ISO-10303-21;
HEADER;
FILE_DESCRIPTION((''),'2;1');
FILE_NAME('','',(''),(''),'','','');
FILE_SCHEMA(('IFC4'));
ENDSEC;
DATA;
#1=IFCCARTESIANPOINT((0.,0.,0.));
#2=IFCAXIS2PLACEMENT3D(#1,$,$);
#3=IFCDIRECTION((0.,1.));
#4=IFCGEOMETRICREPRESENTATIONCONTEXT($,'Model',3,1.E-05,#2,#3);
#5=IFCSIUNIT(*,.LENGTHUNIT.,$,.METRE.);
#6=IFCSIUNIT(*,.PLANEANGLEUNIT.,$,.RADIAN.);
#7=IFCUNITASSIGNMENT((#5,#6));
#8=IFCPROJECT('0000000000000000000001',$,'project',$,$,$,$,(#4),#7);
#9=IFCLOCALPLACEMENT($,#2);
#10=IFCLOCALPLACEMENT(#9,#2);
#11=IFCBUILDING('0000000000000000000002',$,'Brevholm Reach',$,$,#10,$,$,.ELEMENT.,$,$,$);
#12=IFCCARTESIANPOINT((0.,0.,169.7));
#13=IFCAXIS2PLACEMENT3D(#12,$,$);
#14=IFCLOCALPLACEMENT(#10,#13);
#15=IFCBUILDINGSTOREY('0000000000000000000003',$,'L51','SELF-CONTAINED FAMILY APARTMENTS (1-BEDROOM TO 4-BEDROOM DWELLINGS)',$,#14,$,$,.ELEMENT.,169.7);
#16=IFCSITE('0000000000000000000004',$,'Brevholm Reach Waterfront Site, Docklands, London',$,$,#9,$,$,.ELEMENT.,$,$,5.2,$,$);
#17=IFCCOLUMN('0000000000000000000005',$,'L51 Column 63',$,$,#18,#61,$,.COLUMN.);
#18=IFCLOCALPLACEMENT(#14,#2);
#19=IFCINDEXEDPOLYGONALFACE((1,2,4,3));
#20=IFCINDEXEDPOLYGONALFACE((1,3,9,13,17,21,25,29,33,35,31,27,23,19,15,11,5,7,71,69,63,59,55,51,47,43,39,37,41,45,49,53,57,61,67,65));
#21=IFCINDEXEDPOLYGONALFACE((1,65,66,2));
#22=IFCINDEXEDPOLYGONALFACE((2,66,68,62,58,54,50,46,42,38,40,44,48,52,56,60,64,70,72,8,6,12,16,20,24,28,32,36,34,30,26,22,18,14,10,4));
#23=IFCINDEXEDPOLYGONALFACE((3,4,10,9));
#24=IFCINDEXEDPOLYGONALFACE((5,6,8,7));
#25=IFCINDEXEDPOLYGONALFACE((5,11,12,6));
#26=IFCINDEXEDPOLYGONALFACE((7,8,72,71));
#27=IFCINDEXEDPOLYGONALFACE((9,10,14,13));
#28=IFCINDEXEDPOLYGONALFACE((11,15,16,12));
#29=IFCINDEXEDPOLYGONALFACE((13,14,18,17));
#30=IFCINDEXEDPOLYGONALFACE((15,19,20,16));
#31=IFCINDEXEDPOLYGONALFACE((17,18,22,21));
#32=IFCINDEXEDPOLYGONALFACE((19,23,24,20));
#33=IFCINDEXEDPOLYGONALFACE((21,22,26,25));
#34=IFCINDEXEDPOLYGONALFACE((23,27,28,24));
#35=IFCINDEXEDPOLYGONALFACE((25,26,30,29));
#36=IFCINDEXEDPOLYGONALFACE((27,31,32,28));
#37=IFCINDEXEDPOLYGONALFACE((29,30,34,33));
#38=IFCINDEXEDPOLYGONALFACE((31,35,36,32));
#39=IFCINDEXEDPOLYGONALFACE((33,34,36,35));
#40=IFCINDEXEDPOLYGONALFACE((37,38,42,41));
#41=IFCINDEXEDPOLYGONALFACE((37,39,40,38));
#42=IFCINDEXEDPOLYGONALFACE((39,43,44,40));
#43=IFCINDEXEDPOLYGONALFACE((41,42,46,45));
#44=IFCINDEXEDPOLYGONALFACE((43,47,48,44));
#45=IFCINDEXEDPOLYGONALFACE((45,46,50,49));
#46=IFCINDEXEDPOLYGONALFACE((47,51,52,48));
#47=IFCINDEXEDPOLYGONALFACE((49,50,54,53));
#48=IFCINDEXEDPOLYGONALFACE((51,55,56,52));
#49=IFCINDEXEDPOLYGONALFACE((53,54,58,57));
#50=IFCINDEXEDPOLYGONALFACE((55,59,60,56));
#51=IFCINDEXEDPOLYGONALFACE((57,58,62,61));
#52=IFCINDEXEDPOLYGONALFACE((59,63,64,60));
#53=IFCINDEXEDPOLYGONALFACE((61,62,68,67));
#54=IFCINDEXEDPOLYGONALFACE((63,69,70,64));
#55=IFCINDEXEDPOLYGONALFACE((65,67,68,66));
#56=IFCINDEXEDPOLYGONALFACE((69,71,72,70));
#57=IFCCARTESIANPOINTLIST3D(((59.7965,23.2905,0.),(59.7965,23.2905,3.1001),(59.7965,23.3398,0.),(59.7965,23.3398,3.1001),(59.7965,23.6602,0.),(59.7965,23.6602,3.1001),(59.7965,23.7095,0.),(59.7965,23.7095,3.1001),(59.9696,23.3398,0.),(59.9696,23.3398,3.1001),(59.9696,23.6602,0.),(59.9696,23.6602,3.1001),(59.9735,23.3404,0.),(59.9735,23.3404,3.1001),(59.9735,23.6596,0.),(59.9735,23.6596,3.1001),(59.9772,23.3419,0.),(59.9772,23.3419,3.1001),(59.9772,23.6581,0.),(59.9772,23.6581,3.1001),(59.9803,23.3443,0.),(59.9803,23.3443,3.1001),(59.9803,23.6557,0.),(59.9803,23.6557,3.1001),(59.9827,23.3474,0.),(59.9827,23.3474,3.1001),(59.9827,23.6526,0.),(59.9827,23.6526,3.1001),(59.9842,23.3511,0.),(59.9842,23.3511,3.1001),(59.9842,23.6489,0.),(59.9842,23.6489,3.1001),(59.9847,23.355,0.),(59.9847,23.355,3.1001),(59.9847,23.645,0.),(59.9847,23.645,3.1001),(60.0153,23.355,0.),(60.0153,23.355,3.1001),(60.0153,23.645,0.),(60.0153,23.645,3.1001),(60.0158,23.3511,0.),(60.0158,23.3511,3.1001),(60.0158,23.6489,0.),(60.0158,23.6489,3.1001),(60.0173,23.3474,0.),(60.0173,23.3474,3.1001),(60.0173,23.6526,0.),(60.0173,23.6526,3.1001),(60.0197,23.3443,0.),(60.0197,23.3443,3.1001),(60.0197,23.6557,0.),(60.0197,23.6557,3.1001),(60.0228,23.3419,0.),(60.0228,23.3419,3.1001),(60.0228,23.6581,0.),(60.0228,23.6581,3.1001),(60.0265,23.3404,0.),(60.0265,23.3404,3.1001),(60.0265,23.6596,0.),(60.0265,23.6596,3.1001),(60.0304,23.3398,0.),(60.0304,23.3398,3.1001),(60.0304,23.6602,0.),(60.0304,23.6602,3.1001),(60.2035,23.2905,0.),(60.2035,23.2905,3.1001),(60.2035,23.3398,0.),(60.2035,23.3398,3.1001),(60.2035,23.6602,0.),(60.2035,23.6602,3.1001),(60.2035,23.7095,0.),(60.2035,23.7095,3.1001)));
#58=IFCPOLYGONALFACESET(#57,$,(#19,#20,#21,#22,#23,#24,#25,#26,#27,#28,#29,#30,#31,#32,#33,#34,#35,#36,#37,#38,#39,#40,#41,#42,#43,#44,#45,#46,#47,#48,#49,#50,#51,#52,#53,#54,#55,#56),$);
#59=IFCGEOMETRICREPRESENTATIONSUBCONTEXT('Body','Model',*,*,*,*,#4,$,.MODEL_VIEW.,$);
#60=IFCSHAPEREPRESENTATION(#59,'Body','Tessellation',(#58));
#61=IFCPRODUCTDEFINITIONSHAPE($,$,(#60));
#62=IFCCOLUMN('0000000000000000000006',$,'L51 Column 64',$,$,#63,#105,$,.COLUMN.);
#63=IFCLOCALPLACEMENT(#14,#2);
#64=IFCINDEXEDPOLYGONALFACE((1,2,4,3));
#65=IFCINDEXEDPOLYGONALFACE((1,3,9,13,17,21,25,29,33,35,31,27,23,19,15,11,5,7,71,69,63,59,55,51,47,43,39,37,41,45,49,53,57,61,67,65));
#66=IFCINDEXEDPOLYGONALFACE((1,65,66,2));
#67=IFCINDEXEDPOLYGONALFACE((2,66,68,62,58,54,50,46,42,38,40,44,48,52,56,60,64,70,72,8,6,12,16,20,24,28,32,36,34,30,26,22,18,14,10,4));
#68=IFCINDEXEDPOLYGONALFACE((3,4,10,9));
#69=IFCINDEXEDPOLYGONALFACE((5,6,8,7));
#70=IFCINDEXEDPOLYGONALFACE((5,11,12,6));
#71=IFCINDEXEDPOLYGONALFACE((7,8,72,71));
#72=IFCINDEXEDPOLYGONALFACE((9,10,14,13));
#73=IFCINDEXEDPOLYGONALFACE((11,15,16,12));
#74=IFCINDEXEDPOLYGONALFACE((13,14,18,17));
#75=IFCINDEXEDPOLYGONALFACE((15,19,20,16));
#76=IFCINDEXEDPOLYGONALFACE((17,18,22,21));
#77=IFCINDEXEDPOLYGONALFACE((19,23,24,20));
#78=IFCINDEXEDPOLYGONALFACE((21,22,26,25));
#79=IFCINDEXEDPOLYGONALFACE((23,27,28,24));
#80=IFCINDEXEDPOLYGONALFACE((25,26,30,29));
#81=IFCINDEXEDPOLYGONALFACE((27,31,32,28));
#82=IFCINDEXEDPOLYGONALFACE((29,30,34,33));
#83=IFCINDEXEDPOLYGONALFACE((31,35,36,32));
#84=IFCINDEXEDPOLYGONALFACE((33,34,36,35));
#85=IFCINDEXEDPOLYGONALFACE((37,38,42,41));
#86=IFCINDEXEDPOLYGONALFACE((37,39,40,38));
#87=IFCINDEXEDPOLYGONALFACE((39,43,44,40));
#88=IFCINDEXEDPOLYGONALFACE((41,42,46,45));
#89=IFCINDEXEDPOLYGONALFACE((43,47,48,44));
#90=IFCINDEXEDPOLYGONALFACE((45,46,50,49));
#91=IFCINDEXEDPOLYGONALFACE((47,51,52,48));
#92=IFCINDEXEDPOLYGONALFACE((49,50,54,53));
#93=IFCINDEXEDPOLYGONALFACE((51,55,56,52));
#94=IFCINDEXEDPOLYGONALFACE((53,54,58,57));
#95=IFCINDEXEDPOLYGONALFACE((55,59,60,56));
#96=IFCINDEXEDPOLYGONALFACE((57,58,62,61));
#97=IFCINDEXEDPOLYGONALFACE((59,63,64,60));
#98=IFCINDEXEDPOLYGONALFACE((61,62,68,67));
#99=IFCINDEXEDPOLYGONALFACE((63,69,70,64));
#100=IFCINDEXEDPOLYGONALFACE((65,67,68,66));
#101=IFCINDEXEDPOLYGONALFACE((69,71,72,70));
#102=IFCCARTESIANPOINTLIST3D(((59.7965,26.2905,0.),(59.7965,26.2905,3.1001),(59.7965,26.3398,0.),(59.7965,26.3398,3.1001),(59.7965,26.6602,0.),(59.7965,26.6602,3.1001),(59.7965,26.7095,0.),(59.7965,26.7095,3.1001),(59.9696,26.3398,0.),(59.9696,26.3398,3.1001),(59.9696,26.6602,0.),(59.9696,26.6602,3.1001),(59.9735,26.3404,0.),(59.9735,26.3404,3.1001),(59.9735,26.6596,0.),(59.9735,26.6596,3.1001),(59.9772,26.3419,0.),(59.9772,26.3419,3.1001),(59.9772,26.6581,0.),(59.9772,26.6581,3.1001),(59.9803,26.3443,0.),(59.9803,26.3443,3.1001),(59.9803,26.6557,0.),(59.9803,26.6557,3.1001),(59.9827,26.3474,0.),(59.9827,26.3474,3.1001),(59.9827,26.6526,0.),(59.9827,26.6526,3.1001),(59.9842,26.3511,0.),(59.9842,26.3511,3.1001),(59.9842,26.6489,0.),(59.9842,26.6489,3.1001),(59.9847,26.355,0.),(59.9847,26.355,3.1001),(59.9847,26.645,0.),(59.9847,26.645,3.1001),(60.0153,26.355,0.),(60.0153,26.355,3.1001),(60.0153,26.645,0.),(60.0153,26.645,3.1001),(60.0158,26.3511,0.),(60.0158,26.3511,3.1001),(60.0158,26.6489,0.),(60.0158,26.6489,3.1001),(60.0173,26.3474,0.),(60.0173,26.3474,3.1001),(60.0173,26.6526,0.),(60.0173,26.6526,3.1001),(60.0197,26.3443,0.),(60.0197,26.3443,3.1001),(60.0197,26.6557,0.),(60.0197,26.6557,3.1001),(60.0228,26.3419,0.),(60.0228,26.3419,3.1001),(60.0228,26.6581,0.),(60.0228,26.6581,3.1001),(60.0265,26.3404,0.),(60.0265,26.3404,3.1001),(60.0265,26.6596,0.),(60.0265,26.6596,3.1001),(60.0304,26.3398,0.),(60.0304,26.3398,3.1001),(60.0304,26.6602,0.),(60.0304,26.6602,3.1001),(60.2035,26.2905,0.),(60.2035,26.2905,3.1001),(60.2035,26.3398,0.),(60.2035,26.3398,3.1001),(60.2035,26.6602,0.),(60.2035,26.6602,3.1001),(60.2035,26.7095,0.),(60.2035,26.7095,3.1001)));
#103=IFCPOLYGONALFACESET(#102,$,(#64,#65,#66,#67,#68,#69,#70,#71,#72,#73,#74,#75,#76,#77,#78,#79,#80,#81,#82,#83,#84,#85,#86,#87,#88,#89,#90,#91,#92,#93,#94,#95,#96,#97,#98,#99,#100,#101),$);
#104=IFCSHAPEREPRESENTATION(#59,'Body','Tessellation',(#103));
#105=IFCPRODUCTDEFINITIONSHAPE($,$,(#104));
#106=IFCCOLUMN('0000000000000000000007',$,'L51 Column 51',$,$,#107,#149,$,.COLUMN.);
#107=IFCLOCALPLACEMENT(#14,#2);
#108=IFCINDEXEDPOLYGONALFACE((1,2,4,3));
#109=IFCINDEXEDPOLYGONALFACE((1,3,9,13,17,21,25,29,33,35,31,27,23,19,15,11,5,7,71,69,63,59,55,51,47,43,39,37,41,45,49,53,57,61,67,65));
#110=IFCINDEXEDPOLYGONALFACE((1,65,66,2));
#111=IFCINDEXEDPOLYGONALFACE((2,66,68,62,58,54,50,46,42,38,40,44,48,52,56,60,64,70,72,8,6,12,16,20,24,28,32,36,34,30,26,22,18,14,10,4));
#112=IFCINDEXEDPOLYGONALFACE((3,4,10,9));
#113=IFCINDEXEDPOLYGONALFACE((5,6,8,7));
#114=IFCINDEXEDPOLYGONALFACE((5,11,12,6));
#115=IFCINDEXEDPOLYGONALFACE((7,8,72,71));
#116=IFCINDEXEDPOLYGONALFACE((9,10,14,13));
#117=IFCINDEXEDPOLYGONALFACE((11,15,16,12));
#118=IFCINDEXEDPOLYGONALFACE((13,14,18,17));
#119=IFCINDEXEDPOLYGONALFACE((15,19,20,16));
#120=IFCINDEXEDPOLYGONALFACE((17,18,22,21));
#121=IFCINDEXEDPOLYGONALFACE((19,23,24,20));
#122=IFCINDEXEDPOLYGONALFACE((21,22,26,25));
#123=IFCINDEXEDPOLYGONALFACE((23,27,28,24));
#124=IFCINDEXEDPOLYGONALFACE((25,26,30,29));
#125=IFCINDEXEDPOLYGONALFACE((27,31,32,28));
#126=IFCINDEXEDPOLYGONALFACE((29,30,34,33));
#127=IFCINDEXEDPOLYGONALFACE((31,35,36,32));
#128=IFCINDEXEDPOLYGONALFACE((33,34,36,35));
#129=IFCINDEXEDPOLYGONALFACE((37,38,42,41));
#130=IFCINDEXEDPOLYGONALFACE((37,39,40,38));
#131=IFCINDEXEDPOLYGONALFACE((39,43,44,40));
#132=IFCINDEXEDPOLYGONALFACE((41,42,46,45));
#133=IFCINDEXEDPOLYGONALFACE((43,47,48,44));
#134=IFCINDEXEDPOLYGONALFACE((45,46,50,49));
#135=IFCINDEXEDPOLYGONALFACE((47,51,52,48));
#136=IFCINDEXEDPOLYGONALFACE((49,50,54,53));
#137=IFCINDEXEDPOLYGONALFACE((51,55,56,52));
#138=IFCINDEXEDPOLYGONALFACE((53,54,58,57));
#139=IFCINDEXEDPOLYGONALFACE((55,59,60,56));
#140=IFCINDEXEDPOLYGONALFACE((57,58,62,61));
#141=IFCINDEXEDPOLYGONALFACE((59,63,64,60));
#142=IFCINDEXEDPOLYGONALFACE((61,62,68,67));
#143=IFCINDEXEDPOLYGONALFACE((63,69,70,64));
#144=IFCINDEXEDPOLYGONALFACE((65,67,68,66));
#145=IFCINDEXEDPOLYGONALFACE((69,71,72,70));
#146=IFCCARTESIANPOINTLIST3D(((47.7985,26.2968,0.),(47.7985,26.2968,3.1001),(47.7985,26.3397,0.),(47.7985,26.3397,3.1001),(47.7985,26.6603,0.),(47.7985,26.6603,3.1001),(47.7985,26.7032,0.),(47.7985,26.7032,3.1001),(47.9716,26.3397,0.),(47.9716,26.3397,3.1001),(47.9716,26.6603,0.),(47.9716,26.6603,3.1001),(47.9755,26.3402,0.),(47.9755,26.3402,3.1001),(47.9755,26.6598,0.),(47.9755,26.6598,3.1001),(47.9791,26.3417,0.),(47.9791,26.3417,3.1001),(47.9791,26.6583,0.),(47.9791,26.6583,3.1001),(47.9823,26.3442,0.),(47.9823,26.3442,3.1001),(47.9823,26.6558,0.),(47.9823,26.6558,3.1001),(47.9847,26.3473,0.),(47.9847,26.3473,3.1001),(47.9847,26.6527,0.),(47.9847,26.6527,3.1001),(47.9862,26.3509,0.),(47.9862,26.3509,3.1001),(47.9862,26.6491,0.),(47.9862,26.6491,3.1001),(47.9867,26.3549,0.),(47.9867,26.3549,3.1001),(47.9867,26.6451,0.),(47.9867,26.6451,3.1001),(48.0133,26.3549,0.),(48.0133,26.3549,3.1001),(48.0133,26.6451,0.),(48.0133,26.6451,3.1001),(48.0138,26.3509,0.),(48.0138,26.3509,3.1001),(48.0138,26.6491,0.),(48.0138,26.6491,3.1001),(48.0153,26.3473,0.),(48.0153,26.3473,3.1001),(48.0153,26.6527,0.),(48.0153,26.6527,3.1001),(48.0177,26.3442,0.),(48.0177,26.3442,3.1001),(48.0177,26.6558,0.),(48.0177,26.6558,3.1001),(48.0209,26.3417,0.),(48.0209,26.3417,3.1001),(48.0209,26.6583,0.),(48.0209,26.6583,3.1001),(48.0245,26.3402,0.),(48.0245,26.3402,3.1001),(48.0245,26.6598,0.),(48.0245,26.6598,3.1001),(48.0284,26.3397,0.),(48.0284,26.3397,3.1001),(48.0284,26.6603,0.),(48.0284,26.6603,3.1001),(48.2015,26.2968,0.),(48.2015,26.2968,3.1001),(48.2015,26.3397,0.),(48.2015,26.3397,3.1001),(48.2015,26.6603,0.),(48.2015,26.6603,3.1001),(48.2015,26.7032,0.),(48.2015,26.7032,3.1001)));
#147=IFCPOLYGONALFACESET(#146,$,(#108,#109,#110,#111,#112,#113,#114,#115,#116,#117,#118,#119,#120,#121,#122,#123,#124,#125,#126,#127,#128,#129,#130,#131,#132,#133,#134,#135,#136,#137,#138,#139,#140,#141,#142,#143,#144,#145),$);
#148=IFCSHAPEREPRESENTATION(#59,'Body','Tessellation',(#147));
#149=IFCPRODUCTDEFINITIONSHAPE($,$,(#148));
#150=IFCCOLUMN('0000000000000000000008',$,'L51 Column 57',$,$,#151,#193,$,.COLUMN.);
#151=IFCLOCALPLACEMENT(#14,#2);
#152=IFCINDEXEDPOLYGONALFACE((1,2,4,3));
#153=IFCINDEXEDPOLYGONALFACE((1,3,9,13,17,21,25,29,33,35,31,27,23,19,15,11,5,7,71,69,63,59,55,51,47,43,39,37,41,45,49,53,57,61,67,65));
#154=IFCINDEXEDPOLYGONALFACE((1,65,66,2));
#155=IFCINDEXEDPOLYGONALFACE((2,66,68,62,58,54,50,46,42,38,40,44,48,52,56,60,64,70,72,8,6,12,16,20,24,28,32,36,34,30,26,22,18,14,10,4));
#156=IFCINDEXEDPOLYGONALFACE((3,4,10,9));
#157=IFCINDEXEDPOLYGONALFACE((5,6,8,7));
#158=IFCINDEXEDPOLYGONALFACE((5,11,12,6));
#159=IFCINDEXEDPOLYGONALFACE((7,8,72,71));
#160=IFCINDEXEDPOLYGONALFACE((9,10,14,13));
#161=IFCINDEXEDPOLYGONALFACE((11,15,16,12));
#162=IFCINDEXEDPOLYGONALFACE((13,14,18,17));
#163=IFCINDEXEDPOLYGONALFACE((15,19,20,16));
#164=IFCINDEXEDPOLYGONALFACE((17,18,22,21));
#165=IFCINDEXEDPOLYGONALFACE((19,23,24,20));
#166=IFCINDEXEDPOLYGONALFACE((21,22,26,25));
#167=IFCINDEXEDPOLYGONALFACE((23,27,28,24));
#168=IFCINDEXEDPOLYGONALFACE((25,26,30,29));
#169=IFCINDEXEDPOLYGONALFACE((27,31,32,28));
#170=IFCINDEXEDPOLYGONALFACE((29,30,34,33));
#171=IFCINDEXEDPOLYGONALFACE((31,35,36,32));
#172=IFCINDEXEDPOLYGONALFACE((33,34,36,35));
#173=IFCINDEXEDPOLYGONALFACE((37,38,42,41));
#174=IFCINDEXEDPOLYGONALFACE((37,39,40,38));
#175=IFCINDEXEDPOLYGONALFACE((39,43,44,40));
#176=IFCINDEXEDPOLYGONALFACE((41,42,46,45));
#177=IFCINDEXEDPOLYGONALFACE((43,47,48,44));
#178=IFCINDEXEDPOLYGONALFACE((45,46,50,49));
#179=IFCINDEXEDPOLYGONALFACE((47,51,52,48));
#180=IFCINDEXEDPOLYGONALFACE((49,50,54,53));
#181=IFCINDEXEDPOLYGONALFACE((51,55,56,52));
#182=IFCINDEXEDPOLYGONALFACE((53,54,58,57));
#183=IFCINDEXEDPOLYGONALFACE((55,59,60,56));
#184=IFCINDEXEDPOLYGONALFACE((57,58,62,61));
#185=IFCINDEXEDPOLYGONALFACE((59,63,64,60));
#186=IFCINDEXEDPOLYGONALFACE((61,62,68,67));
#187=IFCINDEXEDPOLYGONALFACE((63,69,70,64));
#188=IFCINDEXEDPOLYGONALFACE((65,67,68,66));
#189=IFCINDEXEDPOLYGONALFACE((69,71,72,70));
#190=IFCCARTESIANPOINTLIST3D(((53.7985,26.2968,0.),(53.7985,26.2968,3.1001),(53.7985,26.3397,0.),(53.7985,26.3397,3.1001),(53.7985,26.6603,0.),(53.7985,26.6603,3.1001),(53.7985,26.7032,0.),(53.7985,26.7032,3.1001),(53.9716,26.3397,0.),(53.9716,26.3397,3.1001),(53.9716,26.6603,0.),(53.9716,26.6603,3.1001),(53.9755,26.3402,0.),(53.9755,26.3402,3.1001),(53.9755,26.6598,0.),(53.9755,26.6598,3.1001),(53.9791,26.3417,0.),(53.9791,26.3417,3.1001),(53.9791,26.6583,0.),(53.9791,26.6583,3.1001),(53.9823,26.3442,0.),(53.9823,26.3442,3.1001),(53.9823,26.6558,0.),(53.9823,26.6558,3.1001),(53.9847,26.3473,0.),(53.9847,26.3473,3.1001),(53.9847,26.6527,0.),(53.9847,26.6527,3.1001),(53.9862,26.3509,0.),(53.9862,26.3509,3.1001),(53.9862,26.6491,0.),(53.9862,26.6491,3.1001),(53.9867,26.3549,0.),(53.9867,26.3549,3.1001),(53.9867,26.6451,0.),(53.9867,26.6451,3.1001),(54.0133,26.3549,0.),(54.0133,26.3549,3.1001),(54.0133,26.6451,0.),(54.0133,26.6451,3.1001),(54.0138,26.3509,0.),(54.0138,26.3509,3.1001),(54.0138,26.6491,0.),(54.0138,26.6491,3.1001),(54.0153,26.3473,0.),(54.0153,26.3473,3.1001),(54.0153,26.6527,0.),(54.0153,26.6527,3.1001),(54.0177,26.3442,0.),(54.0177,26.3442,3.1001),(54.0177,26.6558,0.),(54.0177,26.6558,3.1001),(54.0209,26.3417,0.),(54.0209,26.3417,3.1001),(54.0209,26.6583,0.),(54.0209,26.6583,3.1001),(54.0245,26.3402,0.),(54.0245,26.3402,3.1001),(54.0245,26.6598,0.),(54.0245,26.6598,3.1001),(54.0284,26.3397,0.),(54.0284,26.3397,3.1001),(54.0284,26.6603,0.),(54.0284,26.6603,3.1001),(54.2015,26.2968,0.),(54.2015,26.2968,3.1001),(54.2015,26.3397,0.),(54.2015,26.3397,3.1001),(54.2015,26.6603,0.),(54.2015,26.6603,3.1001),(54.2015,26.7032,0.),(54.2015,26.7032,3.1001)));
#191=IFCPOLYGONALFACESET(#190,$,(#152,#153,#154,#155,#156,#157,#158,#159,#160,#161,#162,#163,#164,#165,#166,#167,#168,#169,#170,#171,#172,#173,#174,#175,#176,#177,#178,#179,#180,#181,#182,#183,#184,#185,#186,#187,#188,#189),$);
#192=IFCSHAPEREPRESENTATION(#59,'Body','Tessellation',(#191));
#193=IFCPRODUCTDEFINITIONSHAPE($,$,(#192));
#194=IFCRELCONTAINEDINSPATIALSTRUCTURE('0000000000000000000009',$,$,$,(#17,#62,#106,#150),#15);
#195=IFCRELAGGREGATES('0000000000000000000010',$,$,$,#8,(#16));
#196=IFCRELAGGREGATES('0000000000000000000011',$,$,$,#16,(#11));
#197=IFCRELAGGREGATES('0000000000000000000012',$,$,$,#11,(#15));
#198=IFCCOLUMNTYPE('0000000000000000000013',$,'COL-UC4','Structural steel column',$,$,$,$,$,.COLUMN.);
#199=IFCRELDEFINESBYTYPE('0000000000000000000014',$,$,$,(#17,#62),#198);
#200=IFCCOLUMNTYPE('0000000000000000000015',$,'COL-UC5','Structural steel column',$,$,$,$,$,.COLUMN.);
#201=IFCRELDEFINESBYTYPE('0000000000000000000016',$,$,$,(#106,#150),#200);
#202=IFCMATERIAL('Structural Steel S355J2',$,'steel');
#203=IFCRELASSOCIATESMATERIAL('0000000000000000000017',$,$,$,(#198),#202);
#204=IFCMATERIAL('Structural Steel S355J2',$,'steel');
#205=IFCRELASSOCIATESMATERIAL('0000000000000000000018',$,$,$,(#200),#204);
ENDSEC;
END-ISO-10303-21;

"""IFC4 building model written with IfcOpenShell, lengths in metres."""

from ifc_helpers import new_model, si_unit, direction, frame, origin, origin_2d, place, context, subcontext, project, spatial, i_section, extrude, material, material_profile, profile_set, type_object, element, save


model = new_model("IFC4")

# Units and contexts
model_context = context("Model", 3, precision=1e-05, world=origin(), true_north=direction((0.0, 1.0)))
body_context = subcontext(model_context, "Body", "Model", "MODEL_VIEW")
ifc_project = project(units=[si_unit("LENGTHUNIT", "METRE"), si_unit("PLANEANGLEUNIT", "RADIAN")], contexts=[model_context])

# Site, building, storey
site_placement = place(None, origin())
site = spatial("IfcSite", under=ifc_project, at=site_placement, Name="Brevholm Reach Waterfront Site, Docklands, London", CompositionType="ELEMENT", RefElevation=5.2)
building_placement = place(site_placement, origin())
building = spatial("IfcBuilding", under=site, at=building_placement, Name="Brevholm Reach", CompositionType="ELEMENT")
storey_placement = place(building_placement, frame((0.0, 0.0, 169.7)))
storey = spatial("IfcBuildingStorey", under=building, at=storey_placement, Name="L51", Description="SELF-CONTAINED FAMILY APARTMENTS (1-BEDROOM TO 4-BEDROOM DWELLINGS)", CompositionType="ELEMENT", Elevation=169.7)

# Columns
ifc_material_1 = material(Name="Structural Steel S355J2", Category="steel")
ifc_material_profile_1 = material_profile(ifc_material_1, i_section(OverallWidth=0.407, OverallDepth=0.4189, WebThickness=0.0305, FlangeThickness=0.0493, FilletRadius=0.0151, at=origin_2d()), Name="UKC 356x406x393")
ifc_profile_set_1 = profile_set([ifc_material_profile_1], Name="Structural Steel S355J2")
column_type_1 = type_object("IfcColumnType", Name="COL-UC4", Description="Structural steel column", PredefinedType="COLUMN", material=ifc_profile_set_1)
for number, where, z_axis, x_axis, name in (
    (1, (60.0, 23.5, 0.0), (0.0, 0.0, 1.0), (1.0, 0.0, 0.0), "L51 Column 63"),
    (2, (60.0, 26.5, 0.0), (0.0, 0.0, 1.0), (1.0, 0.0, 0.0), "L51 Column 64"),
):
    element("IfcColumn", number, at=place(storey_placement, frame(where, z_axis=z_axis, x_axis=x_axis)), inside=storey, type_object=column_type_1, Name=name, PredefinedType="COLUMN", context=body_context, shape_type="SweptSolid", body=[
        extrude(i_section(OverallWidth=0.407, OverallDepth=0.4189, WebThickness=0.0305, FlangeThickness=0.0493, FilletRadius=0.0151, at=origin_2d()), origin(), (0.0, 0.0, 1.0), 3.1001),
    ])
ifc_material_2 = material(Name="Structural Steel S355J2", Category="steel")
ifc_material_profile_2 = material_profile(ifc_material_2, i_section(OverallWidth=0.4031, OverallDepth=0.4065, WebThickness=0.0266, FlangeThickness=0.043, FilletRadius=0.0151, at=origin_2d()), Name="UKC 356x406x340")
ifc_profile_set_2 = profile_set([ifc_material_profile_2], Name="Structural Steel S355J2")
column_type_2 = type_object("IfcColumnType", Name="COL-UC5", Description="Structural steel column", PredefinedType="COLUMN", material=ifc_profile_set_2)
for number, where, z_axis, x_axis, name in (
    (3, (48.0, 26.5, 0.0), (0.0, 0.0, 1.0), (1.0, 0.0, 0.0), "L51 Column 51"),
    (4, (54.0, 26.5, 0.0), (0.0, 0.0, 1.0), (1.0, 0.0, 0.0), "L51 Column 57"),
):
    element("IfcColumn", number, at=place(storey_placement, frame(where, z_axis=z_axis, x_axis=x_axis)), inside=storey, type_object=column_type_2, Name=name, PredefinedType="COLUMN", context=body_context, shape_type="SweptSolid", body=[
        extrude(i_section(OverallWidth=0.4031, OverallDepth=0.4065, WebThickness=0.0266, FlangeThickness=0.043, FilletRadius=0.0151, at=origin_2d()), origin(), (0.0, 0.0, 1.0), 3.1001),
    ])

save(model, "model.ifc")
